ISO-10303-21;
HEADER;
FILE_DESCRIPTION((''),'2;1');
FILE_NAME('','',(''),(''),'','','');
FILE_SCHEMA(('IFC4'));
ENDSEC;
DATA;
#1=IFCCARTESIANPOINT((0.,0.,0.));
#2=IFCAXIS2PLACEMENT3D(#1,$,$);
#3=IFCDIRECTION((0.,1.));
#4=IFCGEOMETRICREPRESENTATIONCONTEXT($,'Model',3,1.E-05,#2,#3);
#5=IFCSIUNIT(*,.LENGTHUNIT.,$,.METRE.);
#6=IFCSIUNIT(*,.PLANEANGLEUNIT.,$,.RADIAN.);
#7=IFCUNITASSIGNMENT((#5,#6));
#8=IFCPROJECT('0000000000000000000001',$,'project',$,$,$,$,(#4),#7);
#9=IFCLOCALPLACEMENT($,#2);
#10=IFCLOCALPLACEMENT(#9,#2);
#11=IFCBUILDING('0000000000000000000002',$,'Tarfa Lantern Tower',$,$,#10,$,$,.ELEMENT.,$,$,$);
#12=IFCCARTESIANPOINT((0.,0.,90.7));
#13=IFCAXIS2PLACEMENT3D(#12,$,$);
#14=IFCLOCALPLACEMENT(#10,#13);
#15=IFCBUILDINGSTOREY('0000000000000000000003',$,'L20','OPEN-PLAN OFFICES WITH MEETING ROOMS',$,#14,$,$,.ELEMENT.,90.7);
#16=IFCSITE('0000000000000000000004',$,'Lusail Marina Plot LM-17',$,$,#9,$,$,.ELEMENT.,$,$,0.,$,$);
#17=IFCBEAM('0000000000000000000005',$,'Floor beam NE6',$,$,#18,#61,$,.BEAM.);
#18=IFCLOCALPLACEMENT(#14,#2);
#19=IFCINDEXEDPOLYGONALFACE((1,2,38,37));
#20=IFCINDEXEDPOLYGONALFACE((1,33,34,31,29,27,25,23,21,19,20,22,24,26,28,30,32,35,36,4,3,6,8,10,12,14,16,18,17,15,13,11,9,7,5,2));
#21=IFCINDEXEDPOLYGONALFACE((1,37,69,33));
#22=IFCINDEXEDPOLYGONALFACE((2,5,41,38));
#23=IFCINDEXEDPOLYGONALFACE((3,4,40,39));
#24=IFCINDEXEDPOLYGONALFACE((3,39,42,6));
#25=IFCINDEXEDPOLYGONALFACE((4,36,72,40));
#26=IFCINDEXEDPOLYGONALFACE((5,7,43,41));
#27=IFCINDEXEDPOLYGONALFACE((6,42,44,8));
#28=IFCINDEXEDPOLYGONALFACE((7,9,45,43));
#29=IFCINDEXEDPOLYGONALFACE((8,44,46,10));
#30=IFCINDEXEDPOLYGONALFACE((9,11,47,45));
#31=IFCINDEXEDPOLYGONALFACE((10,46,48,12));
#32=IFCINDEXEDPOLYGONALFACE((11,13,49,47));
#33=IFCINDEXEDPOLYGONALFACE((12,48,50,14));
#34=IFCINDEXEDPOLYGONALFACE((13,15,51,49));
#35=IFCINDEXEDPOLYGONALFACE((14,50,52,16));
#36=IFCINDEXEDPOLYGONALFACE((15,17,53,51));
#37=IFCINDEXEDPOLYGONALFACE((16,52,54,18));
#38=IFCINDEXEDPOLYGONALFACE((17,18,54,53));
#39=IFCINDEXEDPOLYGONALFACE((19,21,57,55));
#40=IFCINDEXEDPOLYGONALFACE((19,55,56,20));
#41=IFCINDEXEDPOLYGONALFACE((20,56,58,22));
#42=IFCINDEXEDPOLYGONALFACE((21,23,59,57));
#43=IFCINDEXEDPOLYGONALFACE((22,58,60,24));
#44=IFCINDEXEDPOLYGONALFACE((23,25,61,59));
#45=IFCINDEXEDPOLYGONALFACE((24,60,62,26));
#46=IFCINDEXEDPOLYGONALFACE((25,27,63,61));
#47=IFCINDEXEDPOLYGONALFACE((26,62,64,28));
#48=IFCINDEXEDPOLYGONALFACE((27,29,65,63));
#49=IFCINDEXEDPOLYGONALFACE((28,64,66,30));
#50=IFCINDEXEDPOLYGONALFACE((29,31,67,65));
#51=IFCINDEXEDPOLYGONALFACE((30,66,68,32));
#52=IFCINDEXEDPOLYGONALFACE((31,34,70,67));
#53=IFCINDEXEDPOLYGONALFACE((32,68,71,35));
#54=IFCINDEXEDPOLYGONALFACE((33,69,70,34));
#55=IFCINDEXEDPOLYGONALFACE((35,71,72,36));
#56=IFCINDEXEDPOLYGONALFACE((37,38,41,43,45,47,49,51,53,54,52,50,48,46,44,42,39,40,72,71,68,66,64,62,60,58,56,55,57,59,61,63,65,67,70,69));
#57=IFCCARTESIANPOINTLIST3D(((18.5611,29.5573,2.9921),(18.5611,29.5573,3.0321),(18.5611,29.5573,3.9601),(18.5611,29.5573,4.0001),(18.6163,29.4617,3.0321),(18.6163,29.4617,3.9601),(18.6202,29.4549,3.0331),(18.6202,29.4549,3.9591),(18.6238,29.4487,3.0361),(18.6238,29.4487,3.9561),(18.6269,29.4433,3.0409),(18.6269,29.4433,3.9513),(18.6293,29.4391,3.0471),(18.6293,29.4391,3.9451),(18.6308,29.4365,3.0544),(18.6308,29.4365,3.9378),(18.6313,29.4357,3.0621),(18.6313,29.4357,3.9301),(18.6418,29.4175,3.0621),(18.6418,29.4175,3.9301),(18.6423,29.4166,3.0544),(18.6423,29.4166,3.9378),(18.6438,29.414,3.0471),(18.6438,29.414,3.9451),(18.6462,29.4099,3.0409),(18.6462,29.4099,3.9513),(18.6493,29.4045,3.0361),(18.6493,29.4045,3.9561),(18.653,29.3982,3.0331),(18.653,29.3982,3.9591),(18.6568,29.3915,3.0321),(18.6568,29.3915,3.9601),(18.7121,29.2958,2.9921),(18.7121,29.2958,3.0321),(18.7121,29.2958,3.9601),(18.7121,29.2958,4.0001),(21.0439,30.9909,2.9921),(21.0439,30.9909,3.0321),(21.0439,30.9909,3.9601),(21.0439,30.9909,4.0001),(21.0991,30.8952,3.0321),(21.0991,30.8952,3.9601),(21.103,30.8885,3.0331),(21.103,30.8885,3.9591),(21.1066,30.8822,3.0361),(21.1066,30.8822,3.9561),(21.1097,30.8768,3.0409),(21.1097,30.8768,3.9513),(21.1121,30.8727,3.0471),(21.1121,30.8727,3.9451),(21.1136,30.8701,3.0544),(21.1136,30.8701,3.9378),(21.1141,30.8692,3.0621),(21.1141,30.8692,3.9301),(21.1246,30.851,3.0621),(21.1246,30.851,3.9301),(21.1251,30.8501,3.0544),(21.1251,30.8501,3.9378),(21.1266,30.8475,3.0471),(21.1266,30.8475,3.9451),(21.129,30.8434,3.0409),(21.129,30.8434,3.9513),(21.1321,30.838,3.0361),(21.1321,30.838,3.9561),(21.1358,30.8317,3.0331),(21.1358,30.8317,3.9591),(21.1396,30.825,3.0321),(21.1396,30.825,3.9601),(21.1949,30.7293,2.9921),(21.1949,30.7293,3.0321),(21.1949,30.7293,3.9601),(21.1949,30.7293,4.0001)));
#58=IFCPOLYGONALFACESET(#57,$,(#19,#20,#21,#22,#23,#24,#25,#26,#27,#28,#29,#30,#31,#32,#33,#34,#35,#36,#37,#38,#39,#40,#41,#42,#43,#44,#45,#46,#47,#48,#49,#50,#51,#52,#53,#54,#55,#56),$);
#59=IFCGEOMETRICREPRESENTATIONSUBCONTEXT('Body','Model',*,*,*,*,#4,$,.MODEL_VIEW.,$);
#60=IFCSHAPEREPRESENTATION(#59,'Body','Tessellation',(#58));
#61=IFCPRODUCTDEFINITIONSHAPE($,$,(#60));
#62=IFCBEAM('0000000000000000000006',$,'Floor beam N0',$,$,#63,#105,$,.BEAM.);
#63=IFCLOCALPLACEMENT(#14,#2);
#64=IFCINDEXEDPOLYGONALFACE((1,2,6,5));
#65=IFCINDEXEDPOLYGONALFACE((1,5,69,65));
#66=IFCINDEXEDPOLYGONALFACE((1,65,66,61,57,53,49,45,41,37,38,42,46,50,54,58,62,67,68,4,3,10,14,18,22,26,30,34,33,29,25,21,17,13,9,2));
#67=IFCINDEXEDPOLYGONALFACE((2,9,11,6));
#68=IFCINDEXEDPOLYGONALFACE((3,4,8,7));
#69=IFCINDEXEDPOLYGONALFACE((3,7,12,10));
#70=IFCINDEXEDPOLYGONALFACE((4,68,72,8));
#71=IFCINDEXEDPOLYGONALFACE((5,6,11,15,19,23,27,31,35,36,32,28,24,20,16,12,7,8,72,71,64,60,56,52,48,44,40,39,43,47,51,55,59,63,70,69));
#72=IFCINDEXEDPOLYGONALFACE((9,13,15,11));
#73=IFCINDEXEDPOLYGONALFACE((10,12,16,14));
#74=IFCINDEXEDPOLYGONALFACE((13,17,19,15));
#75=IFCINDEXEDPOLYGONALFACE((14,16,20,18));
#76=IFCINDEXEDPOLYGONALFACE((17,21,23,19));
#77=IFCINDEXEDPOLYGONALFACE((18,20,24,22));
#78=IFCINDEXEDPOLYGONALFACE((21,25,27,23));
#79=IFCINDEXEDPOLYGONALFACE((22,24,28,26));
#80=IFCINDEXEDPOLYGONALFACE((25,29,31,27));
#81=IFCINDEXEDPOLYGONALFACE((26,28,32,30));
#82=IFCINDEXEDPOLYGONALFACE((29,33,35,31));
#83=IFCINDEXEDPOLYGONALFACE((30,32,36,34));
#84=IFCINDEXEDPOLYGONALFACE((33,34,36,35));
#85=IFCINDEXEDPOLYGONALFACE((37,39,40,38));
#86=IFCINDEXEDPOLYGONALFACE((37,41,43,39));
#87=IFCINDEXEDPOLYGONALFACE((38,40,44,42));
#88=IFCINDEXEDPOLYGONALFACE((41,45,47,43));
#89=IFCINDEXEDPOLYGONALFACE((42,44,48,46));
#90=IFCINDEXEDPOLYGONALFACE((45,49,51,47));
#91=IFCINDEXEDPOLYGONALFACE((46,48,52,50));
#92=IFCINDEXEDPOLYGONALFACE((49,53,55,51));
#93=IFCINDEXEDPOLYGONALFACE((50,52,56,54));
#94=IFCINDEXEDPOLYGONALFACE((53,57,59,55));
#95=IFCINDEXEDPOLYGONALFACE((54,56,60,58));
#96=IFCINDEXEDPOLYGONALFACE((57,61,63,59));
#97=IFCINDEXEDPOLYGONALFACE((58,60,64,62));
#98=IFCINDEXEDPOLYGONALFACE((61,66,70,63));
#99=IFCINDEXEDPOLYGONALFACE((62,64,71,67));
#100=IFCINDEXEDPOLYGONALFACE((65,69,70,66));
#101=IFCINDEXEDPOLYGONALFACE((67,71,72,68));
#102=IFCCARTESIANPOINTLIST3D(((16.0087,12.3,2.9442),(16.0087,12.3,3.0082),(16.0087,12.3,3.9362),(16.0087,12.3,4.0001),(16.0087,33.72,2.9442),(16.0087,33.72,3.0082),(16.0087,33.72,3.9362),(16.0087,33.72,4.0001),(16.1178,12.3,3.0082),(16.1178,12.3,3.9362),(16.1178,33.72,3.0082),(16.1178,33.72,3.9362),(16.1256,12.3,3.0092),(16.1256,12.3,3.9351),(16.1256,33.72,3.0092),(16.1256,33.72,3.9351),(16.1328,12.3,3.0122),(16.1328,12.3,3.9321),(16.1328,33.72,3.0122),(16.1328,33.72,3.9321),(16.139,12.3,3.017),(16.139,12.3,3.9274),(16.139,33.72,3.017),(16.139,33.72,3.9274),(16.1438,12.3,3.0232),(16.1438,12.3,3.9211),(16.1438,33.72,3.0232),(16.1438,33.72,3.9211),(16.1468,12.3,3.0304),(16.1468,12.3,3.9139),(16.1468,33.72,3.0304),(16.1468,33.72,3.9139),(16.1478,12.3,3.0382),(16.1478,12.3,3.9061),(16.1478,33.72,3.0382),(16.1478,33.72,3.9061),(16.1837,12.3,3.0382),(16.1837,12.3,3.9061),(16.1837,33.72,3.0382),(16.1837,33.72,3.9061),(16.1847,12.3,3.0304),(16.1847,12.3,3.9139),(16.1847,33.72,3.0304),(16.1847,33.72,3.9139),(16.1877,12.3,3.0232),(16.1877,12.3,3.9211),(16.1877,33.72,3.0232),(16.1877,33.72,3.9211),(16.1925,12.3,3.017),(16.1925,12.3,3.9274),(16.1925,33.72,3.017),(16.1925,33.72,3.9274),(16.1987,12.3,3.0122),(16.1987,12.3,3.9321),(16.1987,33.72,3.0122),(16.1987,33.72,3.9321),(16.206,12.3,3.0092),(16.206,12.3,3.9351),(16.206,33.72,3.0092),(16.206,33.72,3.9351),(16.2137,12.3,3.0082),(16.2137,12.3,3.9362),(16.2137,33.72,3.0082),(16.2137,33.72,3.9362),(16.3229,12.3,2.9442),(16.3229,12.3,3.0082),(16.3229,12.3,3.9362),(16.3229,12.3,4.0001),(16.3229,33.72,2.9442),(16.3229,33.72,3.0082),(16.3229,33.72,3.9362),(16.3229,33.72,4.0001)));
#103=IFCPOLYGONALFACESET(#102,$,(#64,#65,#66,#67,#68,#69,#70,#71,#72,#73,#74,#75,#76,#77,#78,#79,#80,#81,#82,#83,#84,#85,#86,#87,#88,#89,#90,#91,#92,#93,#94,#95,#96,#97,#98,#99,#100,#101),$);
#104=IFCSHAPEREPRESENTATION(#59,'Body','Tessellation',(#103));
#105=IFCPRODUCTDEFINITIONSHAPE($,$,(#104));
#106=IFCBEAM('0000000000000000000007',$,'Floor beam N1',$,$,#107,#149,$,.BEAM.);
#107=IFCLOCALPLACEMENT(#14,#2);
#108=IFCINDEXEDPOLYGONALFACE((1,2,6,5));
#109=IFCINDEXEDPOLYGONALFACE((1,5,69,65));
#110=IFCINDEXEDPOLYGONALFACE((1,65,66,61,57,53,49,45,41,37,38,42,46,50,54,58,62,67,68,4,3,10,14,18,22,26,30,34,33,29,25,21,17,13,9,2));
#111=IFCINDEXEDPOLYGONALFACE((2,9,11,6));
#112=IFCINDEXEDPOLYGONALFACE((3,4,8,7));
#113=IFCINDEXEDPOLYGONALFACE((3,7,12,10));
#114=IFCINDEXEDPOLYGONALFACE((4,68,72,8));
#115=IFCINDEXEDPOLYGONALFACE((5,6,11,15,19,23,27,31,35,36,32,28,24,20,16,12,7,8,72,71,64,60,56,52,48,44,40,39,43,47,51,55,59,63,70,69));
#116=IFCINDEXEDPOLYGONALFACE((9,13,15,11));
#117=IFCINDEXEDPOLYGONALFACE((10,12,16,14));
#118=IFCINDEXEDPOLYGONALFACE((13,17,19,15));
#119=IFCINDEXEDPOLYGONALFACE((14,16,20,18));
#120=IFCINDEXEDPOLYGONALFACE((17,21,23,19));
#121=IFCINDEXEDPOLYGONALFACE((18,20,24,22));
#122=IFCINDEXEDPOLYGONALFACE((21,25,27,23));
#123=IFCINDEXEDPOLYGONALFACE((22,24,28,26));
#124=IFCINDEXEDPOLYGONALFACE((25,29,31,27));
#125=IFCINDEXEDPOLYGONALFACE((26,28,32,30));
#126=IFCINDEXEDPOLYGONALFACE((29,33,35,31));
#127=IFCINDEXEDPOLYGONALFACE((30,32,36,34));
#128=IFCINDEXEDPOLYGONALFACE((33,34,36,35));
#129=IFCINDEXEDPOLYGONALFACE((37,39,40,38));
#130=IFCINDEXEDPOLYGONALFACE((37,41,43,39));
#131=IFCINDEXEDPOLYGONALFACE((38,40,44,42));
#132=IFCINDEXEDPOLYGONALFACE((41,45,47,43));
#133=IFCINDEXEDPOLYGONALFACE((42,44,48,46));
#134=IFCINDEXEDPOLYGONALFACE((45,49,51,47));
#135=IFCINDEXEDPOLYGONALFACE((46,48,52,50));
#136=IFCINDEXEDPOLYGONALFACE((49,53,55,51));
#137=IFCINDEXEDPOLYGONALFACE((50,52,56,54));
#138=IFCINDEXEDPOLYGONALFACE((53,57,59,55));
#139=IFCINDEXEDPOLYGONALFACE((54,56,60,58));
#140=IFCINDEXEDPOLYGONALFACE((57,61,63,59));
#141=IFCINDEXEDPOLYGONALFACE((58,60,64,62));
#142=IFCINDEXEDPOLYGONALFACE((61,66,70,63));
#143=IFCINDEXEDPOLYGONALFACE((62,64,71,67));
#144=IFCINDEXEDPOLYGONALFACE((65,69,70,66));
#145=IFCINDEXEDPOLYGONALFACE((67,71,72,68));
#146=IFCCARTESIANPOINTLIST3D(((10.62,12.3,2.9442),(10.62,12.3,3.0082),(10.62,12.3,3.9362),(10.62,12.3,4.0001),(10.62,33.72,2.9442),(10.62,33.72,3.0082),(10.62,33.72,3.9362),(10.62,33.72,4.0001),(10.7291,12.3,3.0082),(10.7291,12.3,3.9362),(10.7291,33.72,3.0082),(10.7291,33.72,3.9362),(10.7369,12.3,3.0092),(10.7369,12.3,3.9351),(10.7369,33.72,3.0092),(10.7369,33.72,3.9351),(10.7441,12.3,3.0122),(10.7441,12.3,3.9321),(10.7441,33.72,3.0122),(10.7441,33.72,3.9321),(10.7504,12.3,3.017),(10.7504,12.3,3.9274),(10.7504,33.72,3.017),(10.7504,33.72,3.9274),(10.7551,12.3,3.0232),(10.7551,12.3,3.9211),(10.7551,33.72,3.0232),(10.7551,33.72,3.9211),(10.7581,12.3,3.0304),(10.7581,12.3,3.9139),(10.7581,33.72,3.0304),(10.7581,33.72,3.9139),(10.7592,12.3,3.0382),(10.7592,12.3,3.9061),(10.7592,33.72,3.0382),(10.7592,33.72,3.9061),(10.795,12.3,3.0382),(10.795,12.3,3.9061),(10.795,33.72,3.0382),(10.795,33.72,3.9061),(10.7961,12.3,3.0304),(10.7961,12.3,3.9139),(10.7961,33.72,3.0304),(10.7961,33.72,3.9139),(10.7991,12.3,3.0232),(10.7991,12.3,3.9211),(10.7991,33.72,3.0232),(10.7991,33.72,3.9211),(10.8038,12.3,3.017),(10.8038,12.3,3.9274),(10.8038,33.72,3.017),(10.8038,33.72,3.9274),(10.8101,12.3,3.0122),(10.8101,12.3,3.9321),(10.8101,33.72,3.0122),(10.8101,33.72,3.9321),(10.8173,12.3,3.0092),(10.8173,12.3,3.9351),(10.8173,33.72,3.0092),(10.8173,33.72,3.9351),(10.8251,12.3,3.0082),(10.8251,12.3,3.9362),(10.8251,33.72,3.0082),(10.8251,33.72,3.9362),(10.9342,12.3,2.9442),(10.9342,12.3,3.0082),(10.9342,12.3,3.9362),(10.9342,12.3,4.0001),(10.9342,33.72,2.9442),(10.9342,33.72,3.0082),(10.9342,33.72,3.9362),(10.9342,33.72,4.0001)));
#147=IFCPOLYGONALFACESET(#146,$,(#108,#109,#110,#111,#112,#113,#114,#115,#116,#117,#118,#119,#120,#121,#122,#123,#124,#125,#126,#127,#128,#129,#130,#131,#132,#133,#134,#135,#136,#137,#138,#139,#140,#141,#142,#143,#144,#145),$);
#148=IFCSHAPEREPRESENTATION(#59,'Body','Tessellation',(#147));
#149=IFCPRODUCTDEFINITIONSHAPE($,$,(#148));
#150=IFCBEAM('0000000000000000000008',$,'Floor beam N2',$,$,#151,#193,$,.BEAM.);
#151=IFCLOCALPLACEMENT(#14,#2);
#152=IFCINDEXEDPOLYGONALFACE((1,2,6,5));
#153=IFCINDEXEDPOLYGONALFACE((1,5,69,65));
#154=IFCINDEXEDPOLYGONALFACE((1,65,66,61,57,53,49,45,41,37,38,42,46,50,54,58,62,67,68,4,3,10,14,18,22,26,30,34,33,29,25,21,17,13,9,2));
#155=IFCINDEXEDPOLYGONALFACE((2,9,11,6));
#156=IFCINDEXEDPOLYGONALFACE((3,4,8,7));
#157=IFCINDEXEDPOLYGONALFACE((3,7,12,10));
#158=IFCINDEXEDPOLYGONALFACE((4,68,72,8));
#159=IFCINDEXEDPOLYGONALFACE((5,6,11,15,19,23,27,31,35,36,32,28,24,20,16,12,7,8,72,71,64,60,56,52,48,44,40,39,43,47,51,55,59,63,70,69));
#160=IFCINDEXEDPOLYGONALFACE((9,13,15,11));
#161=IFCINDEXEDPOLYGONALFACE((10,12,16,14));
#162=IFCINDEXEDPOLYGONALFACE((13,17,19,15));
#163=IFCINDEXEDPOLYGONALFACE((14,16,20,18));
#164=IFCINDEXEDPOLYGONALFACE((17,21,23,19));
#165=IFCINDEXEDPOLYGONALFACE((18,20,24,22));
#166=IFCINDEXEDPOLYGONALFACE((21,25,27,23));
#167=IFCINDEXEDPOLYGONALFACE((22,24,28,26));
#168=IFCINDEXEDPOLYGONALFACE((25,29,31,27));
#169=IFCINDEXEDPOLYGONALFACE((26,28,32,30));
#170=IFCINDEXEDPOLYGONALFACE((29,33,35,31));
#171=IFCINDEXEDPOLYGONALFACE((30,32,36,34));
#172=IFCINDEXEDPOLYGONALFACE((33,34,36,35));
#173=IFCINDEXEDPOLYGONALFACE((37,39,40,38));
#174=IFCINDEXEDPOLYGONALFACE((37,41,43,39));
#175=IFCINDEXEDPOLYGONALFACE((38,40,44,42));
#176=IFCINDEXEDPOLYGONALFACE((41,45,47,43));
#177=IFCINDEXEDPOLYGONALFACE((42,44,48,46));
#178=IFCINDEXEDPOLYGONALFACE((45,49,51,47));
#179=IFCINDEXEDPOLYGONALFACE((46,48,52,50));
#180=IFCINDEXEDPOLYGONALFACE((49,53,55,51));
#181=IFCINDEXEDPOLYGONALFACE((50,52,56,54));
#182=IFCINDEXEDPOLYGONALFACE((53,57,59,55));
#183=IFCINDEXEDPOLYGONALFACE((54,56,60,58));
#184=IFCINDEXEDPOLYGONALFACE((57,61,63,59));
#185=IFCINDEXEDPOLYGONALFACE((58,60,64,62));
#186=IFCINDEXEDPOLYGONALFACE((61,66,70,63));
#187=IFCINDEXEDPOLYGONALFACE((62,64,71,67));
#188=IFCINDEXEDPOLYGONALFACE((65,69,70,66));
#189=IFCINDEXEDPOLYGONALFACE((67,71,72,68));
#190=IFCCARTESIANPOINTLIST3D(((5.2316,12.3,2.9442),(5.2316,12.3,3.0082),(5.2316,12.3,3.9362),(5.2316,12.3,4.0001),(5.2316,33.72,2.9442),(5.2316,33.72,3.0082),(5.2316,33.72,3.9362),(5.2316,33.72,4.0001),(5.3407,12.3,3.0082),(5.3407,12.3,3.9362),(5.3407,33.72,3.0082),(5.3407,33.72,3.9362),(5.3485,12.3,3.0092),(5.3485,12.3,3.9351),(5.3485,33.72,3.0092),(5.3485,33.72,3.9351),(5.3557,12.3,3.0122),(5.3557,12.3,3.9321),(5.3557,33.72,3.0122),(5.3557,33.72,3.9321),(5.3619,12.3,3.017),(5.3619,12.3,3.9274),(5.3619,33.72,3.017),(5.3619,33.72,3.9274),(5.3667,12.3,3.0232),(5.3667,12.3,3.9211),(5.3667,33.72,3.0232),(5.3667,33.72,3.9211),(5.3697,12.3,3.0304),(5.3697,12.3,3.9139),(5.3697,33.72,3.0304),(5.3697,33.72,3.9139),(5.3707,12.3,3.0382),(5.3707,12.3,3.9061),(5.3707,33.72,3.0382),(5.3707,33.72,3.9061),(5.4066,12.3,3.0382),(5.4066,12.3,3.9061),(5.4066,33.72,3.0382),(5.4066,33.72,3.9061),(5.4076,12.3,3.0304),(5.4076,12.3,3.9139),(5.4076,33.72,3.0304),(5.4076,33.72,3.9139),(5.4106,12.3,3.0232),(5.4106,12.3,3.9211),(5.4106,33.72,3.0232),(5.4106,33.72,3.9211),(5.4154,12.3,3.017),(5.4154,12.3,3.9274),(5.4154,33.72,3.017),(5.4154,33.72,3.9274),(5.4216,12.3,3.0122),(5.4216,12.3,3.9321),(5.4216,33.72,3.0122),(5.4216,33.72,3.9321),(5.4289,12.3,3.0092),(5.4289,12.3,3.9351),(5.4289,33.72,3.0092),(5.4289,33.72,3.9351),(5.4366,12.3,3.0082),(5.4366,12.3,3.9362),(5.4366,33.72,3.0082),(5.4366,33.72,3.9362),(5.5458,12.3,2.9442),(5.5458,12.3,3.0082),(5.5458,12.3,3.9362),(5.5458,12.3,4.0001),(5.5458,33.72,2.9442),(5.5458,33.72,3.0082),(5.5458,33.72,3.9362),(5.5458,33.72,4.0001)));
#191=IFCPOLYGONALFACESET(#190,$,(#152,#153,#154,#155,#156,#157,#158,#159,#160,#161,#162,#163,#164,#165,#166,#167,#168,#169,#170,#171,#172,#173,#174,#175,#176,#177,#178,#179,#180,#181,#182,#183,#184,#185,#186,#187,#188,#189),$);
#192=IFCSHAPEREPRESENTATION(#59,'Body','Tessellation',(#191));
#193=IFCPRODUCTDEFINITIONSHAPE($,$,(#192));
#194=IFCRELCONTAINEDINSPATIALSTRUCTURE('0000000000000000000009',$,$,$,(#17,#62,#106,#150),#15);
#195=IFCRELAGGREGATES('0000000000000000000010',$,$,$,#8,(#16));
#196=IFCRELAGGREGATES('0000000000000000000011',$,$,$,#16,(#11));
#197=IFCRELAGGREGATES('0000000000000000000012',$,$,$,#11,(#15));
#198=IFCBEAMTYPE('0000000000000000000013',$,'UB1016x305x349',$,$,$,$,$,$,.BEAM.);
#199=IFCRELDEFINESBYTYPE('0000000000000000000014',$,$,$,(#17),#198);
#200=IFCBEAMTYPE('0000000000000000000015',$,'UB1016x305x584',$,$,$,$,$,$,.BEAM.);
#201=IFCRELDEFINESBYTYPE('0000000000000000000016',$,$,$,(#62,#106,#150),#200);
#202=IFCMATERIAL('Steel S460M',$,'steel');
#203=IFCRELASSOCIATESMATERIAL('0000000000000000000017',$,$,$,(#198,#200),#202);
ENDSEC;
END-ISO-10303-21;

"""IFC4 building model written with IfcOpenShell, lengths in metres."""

from ifc_helpers import new_model, si_unit, direction, frame, origin, origin_2d, place, context, subcontext, project, spatial, i_section, extrude, material, material_profile, profile_set, type_object, element, save


model = new_model("IFC4")

# Units and contexts
model_context = context("Model", 3, precision=1e-05, world=origin(), true_north=direction((0.0, 1.0)))
body_context = subcontext(model_context, "Body", "Model", "MODEL_VIEW")
ifc_project = project(units=[si_unit("LENGTHUNIT", "METRE"), si_unit("PLANEANGLEUNIT", "RADIAN")], contexts=[model_context])

# Site, building, storey
site_placement = place(None, origin())
site = spatial("IfcSite", under=ifc_project, at=site_placement, Name="Lusail Marina Plot LM-17", CompositionType="ELEMENT", RefElevation=0.0)
building_placement = place(site_placement, origin())
building = spatial("IfcBuilding", under=site, at=building_placement, Name="Tarfa Lantern Tower", CompositionType="ELEMENT")
storey_placement = place(building_placement, frame((0.0, 0.0, 90.7)))
storey = spatial("IfcBuildingStorey", under=building, at=storey_placement, Name="L20", Description="OPEN-PLAN OFFICES WITH MEETING ROOMS", CompositionType="ELEMENT", Elevation=90.7)

# Beams
ifc_material_1 = material(Name="Steel S460M", Category="steel")
ifc_material_profile_1 = material_profile(ifc_material_1, i_section(OverallWidth=0.302, OverallDepth=1.0081, WebThickness=0.021, FlangeThickness=0.04, FilletRadius=0.03, at=origin_2d()), Name="UB1016x305x349")
ifc_profile_set_1 = profile_set([ifc_material_profile_1], Name="Steel S460M")
beam_type_1 = type_object("IfcBeamType", Name="UB1016x305x349", PredefinedType="BEAM", material=ifc_profile_set_1)
beam_1_placement = place(storey_placement, frame((21.1194, 30.8601, 3.4961), z_axis=(-0.866013, -0.500022, 0.0), x_axis=(0.500022, -0.866013, 0.0)))
element("IfcBeam", 1, at=beam_1_placement, inside=storey, type_object=beam_type_1, Name="Floor beam NE6", PredefinedType="BEAM", context=body_context, shape_type="SweptSolid", body=[
    extrude(i_section(OverallWidth=0.302, OverallDepth=1.0081, WebThickness=0.021, FlangeThickness=0.04, FilletRadius=0.03, at=origin_2d()), origin(), (0.0, 0.0, 1.0), 2.8669),
])
ifc_material_profile_2 = material_profile(ifc_material_1, i_section(OverallWidth=0.3142, OverallDepth=1.0559, WebThickness=0.0359, FlangeThickness=0.064, FilletRadius=0.03, at=origin_2d()), Name="UB1016x305x584")
ifc_profile_set_2 = profile_set([ifc_material_profile_2], Name="Steel S460M")
beam_type_2 = type_object("IfcBeamType", Name="UB1016x305x584", PredefinedType="BEAM", material=ifc_profile_set_2)
for number, where, z_axis, x_axis, name in (
    (2, (16.1658, 33.72, 3.4722), (0.0, -1.0, 0.0), (1.0, 0.0, 0.0), "Floor beam N0"),
    (3, (10.7771, 33.72, 3.4722), (0.0, -1.0, 0.0), (1.0, 0.0, 0.0), "Floor beam N1"),
    (4, (5.3887, 33.72, 3.4722), (0.0, -1.0, 0.0), (1.0, 0.0, 0.0), "Floor beam N2"),
):
    element("IfcBeam", number, at=place(storey_placement, frame(where, z_axis=z_axis, x_axis=x_axis)), inside=storey, type_object=beam_type_2, Name=name, PredefinedType="BEAM", context=body_context, shape_type="SweptSolid", body=[
        extrude(i_section(OverallWidth=0.3142, OverallDepth=1.0559, WebThickness=0.0359, FlangeThickness=0.064, FilletRadius=0.03, at=origin_2d()), origin(), (0.0, 0.0, 1.0), 21.4199),
    ])

save(model, "model.ifc")
